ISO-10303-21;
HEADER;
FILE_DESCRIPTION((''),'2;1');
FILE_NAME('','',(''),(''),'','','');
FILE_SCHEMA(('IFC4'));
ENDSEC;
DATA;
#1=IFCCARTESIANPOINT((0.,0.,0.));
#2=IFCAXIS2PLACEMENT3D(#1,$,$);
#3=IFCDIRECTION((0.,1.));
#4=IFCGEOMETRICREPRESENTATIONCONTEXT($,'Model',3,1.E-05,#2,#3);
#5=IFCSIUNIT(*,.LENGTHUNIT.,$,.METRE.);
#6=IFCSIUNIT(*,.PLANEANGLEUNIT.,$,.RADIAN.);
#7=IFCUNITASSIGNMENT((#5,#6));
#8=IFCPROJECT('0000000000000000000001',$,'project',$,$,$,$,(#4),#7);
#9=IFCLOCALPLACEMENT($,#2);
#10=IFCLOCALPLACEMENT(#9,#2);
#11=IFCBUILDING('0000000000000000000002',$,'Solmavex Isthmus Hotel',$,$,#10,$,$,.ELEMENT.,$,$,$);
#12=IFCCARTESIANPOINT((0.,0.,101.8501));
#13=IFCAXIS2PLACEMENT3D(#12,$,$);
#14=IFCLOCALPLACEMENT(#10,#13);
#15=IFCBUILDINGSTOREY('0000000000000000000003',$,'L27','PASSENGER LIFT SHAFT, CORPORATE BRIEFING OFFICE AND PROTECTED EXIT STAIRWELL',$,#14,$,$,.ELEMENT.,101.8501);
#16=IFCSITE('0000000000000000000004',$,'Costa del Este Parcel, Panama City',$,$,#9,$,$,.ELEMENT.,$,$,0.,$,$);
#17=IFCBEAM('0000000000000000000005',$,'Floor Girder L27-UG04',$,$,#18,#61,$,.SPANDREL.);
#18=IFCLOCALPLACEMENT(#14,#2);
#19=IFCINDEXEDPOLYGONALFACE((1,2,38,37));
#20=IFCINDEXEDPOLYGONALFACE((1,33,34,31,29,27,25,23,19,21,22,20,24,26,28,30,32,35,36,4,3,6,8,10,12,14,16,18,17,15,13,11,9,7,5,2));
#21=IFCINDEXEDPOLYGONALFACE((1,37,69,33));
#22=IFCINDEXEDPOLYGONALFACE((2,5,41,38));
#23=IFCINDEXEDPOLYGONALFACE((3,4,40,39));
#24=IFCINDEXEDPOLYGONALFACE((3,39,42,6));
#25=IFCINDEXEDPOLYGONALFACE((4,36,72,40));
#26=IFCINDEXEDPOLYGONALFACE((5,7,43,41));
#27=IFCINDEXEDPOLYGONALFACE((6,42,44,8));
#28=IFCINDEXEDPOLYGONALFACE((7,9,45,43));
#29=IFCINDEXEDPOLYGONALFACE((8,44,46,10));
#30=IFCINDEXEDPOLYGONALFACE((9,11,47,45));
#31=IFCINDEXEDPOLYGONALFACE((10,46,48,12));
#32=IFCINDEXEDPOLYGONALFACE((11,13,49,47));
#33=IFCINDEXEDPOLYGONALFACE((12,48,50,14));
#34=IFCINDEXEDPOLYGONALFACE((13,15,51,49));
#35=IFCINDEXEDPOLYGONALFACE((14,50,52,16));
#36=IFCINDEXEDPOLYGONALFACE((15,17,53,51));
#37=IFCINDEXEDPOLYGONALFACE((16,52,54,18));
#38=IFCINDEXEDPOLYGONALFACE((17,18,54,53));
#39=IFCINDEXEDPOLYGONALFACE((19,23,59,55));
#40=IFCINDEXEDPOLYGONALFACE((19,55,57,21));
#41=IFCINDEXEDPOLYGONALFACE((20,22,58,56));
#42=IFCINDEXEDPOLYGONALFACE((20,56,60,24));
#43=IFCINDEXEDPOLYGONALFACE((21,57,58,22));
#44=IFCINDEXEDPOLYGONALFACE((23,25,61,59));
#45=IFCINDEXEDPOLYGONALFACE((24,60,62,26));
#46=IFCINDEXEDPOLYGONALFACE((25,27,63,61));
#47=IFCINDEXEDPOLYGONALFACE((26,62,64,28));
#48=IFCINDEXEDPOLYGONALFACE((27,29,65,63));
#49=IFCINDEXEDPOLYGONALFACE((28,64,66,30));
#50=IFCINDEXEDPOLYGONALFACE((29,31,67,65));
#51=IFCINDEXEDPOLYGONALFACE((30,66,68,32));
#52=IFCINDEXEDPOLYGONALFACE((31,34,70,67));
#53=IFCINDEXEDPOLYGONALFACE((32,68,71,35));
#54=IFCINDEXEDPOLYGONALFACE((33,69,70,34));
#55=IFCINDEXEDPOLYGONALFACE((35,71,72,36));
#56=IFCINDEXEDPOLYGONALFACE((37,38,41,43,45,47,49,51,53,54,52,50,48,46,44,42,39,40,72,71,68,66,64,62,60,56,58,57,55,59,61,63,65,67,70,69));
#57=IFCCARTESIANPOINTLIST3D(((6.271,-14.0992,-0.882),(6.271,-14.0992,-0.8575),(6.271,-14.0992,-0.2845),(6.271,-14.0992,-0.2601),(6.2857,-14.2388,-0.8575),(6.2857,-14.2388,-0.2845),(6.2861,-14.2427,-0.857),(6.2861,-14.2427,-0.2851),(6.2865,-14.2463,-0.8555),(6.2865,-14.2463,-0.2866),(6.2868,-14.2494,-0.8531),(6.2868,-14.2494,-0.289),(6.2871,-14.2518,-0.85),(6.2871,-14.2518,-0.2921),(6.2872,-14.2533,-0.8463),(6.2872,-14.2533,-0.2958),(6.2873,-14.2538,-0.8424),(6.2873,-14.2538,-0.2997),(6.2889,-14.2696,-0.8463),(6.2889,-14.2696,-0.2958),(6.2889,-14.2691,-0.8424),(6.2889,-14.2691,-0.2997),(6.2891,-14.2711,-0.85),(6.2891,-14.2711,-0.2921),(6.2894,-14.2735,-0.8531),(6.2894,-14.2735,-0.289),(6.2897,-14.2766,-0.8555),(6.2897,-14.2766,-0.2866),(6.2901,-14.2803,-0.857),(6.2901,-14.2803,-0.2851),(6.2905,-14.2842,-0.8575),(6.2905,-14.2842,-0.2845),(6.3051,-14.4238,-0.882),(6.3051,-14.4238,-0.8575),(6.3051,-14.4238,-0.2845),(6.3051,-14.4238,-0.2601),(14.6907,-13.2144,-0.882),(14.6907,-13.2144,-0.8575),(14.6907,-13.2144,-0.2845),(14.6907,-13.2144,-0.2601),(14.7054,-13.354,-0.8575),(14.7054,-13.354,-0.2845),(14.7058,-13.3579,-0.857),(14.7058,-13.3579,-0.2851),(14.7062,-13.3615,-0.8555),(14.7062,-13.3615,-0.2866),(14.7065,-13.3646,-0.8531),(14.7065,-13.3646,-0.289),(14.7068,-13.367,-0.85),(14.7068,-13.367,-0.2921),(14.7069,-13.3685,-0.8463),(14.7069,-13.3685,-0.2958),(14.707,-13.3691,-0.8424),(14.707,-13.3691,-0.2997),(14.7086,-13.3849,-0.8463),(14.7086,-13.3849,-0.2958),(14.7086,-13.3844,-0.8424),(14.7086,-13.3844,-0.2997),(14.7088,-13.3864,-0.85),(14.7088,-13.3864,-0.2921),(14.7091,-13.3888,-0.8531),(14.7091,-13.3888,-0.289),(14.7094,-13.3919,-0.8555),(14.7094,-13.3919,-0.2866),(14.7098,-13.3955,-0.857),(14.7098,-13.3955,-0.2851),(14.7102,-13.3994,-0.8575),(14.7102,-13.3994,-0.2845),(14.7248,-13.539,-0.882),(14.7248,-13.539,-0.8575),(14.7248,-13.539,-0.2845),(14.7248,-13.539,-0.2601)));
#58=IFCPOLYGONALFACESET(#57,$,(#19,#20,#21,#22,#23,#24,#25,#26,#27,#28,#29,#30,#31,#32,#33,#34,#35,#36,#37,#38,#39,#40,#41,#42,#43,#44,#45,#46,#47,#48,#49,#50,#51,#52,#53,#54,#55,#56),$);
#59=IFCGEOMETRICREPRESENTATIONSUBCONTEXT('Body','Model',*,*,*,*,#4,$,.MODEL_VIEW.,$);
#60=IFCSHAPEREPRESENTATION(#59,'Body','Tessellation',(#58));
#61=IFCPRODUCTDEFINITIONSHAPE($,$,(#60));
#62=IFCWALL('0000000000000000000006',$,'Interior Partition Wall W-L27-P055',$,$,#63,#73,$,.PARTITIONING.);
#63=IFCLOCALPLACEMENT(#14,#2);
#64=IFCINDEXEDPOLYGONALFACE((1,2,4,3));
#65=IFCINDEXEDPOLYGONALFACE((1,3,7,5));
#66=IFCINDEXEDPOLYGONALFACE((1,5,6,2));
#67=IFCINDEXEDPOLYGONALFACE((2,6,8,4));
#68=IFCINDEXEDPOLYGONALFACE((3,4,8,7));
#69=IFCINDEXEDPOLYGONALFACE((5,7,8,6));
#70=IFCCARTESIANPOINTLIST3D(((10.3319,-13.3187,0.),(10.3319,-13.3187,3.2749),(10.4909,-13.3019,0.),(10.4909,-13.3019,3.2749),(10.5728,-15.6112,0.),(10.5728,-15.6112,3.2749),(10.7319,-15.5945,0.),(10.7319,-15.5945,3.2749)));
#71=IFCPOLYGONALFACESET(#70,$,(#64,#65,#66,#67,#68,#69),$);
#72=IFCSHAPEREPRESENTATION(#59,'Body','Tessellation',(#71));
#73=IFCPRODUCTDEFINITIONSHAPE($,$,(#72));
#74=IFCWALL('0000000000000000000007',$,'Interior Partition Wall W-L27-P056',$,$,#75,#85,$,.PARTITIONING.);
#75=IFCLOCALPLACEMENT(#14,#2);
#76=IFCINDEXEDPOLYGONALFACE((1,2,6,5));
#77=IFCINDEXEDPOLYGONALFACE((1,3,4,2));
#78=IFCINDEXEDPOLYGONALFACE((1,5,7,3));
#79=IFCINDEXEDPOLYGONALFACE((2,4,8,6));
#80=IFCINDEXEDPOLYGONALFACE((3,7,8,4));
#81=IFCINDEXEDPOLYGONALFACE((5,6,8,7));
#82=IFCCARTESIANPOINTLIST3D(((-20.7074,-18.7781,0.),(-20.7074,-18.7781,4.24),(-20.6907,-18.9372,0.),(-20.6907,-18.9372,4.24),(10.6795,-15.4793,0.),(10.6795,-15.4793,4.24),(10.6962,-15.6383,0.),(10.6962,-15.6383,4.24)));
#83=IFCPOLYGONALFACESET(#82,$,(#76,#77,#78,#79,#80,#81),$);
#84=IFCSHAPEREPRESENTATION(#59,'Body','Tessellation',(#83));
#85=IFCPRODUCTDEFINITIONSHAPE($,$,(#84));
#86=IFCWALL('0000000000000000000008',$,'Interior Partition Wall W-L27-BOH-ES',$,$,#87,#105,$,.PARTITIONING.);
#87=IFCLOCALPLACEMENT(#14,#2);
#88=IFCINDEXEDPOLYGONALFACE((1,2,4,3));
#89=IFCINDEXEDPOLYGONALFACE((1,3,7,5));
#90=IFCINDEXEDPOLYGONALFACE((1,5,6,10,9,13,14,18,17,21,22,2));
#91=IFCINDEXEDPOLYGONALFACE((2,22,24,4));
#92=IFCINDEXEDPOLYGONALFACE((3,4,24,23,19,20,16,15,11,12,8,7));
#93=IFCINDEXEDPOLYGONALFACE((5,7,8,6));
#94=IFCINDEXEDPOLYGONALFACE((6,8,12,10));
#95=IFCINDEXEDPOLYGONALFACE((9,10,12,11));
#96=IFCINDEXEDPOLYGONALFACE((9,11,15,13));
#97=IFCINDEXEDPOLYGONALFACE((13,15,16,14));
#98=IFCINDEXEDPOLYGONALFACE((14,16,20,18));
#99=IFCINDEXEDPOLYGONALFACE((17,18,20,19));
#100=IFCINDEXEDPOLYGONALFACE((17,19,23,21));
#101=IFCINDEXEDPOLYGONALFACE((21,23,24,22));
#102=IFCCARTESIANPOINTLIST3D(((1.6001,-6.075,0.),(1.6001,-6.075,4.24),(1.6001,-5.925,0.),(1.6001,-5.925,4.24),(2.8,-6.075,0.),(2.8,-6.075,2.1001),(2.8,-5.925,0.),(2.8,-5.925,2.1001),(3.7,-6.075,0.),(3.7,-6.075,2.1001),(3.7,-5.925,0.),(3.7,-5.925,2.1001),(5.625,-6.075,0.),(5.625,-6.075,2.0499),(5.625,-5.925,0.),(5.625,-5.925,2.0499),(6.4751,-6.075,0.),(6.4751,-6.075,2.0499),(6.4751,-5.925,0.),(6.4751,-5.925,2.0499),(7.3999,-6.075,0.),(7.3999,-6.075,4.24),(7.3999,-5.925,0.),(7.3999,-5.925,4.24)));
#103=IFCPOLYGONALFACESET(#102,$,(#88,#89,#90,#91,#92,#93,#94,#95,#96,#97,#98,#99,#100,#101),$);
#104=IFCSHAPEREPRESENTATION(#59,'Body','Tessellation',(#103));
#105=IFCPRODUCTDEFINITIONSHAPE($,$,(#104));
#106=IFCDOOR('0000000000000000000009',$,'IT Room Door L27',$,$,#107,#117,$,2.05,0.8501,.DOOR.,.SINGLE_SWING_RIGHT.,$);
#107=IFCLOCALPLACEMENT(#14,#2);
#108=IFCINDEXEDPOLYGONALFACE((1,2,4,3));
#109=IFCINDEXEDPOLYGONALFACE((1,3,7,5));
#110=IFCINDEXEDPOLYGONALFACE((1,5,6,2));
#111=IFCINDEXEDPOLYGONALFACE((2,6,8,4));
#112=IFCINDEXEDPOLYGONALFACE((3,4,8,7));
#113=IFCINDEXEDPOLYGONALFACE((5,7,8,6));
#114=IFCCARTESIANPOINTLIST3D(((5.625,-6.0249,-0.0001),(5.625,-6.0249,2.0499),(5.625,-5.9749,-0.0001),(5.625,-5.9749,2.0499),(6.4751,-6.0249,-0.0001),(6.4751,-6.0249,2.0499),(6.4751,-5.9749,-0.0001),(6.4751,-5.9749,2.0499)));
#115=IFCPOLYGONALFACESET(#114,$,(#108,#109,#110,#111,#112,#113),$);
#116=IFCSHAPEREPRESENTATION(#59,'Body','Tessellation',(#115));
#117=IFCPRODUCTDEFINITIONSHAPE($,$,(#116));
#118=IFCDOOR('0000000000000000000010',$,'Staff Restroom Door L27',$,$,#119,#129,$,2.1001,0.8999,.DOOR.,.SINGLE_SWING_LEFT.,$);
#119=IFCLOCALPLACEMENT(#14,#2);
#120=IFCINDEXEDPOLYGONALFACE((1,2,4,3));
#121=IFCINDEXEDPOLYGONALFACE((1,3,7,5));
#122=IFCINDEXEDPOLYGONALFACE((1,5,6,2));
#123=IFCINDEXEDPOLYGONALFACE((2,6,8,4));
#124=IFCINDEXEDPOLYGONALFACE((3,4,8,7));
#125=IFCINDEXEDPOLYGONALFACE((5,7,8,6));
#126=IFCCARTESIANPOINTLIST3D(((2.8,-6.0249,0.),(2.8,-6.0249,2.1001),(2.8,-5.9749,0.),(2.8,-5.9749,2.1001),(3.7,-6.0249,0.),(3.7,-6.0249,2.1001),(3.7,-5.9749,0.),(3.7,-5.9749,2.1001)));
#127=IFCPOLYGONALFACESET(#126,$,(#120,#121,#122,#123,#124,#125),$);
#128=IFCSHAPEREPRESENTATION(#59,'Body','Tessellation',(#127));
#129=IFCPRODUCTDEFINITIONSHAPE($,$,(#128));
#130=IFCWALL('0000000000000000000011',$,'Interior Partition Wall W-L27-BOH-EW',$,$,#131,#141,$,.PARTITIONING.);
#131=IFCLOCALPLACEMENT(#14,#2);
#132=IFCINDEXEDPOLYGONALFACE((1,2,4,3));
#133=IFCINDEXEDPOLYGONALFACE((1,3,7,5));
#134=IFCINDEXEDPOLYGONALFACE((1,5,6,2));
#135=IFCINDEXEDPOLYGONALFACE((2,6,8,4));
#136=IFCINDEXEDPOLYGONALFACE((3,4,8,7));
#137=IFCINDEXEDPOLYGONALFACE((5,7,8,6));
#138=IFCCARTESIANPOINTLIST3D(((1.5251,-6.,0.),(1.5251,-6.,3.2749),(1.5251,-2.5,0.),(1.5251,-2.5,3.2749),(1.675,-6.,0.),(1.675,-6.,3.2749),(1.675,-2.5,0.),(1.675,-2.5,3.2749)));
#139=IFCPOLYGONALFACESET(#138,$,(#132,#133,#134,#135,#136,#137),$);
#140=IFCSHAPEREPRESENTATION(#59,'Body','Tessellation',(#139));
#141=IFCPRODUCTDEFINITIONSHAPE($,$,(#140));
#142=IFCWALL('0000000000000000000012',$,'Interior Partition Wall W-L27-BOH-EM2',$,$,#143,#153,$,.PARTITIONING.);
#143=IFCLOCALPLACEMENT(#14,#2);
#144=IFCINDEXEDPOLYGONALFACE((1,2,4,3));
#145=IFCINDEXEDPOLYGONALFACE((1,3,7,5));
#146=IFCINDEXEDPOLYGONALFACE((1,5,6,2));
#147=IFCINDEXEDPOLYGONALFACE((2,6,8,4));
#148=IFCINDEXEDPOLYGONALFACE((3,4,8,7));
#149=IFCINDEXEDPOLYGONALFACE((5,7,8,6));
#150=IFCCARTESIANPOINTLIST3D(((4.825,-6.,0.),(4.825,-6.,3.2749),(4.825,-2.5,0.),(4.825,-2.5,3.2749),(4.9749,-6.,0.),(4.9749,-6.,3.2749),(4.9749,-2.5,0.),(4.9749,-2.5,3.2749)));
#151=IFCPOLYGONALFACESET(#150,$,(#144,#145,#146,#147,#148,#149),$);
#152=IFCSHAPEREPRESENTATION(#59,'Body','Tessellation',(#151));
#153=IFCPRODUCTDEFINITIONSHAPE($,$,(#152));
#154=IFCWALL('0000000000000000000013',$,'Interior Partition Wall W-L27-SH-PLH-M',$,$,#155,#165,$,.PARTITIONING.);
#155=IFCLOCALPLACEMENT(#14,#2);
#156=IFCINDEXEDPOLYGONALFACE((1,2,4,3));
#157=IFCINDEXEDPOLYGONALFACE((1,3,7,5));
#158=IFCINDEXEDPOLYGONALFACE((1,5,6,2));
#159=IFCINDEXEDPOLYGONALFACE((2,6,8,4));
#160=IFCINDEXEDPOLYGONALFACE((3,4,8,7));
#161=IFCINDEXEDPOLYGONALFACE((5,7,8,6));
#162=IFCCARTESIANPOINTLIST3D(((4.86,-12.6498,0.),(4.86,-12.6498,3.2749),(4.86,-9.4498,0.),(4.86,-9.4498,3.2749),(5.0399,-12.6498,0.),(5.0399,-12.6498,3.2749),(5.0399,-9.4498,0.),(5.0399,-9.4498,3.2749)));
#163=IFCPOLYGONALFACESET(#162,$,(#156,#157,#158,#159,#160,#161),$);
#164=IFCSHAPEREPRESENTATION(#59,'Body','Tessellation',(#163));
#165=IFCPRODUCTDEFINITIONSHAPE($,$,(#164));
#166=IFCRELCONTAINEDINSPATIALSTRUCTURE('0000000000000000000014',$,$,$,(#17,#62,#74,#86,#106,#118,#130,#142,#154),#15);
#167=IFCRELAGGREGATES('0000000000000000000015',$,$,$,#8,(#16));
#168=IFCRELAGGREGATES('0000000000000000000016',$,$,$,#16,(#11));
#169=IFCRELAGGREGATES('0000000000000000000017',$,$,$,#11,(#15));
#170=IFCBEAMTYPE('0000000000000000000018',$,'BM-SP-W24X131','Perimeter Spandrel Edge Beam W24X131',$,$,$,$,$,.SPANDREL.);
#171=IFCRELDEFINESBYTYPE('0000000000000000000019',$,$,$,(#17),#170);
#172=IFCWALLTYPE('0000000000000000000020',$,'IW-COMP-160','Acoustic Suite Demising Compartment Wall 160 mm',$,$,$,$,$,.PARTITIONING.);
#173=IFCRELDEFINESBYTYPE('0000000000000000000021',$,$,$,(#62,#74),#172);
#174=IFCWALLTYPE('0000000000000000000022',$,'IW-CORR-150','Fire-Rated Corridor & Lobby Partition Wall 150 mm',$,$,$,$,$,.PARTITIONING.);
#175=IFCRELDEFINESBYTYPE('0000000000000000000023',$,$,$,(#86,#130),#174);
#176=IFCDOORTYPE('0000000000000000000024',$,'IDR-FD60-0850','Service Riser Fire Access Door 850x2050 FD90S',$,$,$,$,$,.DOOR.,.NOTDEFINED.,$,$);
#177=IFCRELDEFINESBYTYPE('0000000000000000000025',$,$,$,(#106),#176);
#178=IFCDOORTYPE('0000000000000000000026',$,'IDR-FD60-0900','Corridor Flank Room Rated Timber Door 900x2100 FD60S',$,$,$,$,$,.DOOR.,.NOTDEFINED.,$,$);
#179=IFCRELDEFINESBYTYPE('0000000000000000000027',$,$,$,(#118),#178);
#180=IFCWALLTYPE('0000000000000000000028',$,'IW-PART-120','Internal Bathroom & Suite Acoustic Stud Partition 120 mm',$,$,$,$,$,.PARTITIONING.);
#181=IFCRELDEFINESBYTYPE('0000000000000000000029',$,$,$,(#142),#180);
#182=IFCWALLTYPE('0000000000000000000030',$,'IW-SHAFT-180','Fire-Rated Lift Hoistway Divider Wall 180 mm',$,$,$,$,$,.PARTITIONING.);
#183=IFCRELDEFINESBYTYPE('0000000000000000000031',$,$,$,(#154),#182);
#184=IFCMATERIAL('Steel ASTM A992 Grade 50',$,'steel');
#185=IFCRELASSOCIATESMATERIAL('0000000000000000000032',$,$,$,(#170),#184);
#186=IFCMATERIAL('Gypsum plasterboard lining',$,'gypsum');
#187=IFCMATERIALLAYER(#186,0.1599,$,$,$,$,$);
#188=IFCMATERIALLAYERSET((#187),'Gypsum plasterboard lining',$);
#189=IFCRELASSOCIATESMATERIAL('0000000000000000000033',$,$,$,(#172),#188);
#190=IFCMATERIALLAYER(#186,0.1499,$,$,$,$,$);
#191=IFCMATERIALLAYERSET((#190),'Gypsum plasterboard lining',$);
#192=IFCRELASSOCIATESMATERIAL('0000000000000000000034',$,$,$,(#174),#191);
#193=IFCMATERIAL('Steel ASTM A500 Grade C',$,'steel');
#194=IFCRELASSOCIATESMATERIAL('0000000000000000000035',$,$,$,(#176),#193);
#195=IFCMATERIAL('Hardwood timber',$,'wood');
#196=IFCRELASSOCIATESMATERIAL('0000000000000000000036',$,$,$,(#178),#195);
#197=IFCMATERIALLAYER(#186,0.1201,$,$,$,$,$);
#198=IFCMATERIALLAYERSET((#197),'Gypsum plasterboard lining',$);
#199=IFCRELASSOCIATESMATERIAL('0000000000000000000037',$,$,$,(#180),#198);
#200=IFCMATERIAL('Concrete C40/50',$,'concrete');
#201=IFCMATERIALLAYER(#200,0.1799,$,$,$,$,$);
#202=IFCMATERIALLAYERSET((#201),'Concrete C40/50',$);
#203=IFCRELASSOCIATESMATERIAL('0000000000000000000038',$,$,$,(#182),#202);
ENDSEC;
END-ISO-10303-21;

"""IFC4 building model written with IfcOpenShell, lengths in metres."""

from ifc_helpers import new_model, si_unit, direction, frame, frame_2d, origin, origin_2d, place, context, subcontext, project, spatial, rectangle, i_section, extrude, material, layer, layer_set, material_profile, profile_set, type_object, element, fill, save


model = new_model("IFC4")

# Units and contexts
model_context = context("Model", 3, precision=1e-05, world=origin(), true_north=direction((0.0, 1.0)))
body_context = subcontext(model_context, "Body", "Model", "MODEL_VIEW")
ifc_project = project(units=[si_unit("LENGTHUNIT", "METRE"), si_unit("PLANEANGLEUNIT", "RADIAN")], contexts=[model_context])

# Site, building, storey
site_placement = place(None, origin())
site = spatial("IfcSite", under=ifc_project, at=site_placement, Name="Costa del Este Parcel, Panama City", CompositionType="ELEMENT", RefElevation=0.0)
building_placement = place(site_placement, origin())
building = spatial("IfcBuilding", under=site, at=building_placement, Name="Solmavex Isthmus Hotel", CompositionType="ELEMENT")
storey_placement = place(building_placement, frame((0.0, 0.0, 101.8501)))
storey = spatial("IfcBuildingStorey", under=building, at=storey_placement, Name="L27", Description="PASSENGER LIFT SHAFT, CORPORATE BRIEFING OFFICE AND PROTECTED EXIT STAIRWELL", CompositionType="ELEMENT", Elevation=101.8501)

# Beam
ifc_material_1 = material(Name="Steel ASTM A992 Grade 50", Category="steel")
ifc_material_profile_1 = material_profile(ifc_material_1, i_section(OverallWidth=0.3264, OverallDepth=0.6218, WebThickness=0.0154, FlangeThickness=0.0244, FilletRadius=0.0151, at=origin_2d()), Name="W24X131")
ifc_profile_set_1 = profile_set([ifc_material_profile_1], Name="Steel ASTM A992 Grade 50")
beam_type_1 = type_object("IfcBeamType", Name="BM-SP-W24X131", Description="Perimeter Spandrel Edge Beam W24X131", PredefinedType="SPANDREL", material=ifc_profile_set_1)
beam_1_placement = place(storey_placement, frame((6.2881, -14.2615, -0.571), z_axis=(0.994524, 0.104508, 0.0), x_axis=(-0.104508, 0.994524, 0.0)))
element("IfcBeam", 1, at=beam_1_placement, inside=storey, type_object=beam_type_1, Name="Floor Girder L27-UG04", PredefinedType="SPANDREL", context=body_context, shape_type="SweptSolid", body=[
    extrude(i_section(OverallWidth=0.3264, OverallDepth=0.6218, WebThickness=0.0154, FlangeThickness=0.0244, FilletRadius=0.0151, at=origin_2d()), origin(), (0.0, 0.0, 1.0), 8.4661),
])

# Walls
ifc_material_2 = material(Name="Gypsum plasterboard lining", Category="gypsum")
ifc_layer_1 = layer(ifc_material_2, 0.1599)
ifc_layer_set_1 = layer_set([ifc_layer_1], Name="Gypsum plasterboard lining")
wall_type_1 = type_object("IfcWallType", Name="IW-COMP-160", Description="Acoustic Suite Demising Compartment Wall 160 mm", PredefinedType="PARTITIONING", material=ifc_layer_set_1)
wall_1_placement = place(storey_placement, frame((10.4114, -13.3103, 0.0), z_axis=(0.0, 0.0, 1.0), x_axis=(0.104536, -0.994521, 0.0)))
element("IfcWall", 2, at=wall_1_placement, inside=storey, type_object=wall_type_1, Name="Interior Partition Wall W-L27-P055", PredefinedType="PARTITIONING", context=body_context, shape_type="SweptSolid", body=[
    extrude(rectangle(XDim=2.3052, YDim=0.1599, at=frame_2d((1.1526, 0.0))), origin(), (0.0, 0.0, 1.0), 3.2749),
])
wall_2_placement = place(storey_placement, frame((10.6877, -15.5588, 0.0), z_axis=(0.0, 0.0, 1.0), x_axis=(-0.994522, -0.104526, 0.0)))
element("IfcWall", 3, at=wall_2_placement, inside=storey, type_object=wall_type_1, Name="Interior Partition Wall W-L27-P056", PredefinedType="PARTITIONING", context=body_context, shape_type="SweptSolid", body=[
    extrude(rectangle(XDim=31.5598, YDim=0.1599, at=frame_2d((15.7798, 0.0))), origin(), (0.0, 0.0, 1.0), 4.24),
])

# Wall, openings, doors
ifc_layer_2 = layer(ifc_material_2, 0.1499)
ifc_layer_set_2 = layer_set([ifc_layer_2], Name="Gypsum plasterboard lining")
wall_type_2 = type_object("IfcWallType", Name="IW-CORR-150", Description="Fire-Rated Corridor & Lobby Partition Wall 150 mm", PredefinedType="PARTITIONING", material=ifc_layer_set_2)
wall_3_placement = place(storey_placement, frame((1.6001, -6.0, 0.0), z_axis=(0.0, 0.0, 1.0), x_axis=(1.0, 0.0, 0.0)))
wall_3 = element("IfcWall", 4, at=wall_3_placement, inside=storey, type_object=wall_type_2, Name="Interior Partition Wall W-L27-BOH-ES", PredefinedType="PARTITIONING", context=body_context, shape_type="SweptSolid", body=[
    extrude(rectangle(XDim=5.7998, YDim=0.1499, at=frame_2d((2.8999, 0.0))), origin(), (0.0, 0.0, 1.0), 4.24),
])
opening_1_placement = place(wall_3_placement, frame((1.2, 0.0, 0.0)))
opening_1 = element("IfcOpeningElement", 5, at=opening_1_placement, cuts=wall_3, PredefinedType="OPENING", context=body_context, shape_type="SweptSolid", body=[
    extrude(rectangle(XDim=0.8999, YDim=2.1001, at=frame_2d((0.45, 1.05))), frame((0.0, 0.085, 0.0), z_axis=(0.0, -1.0, 0.0), x_axis=(1.0, 0.0, 0.0)), (0.0, 0.0, 1.0), 0.1699),
])
opening_2_placement = place(wall_3_placement, frame((4.0249, 0.0, 0.0)))
opening_2 = element("IfcOpeningElement", 6, at=opening_2_placement, cuts=wall_3, PredefinedType="OPENING", context=body_context, shape_type="SweptSolid", body=[
    extrude(rectangle(XDim=0.8501, YDim=2.05, at=frame_2d((0.425, 1.0249))), frame((0.0, 0.085, 0.0), z_axis=(0.0, -1.0, 0.0), x_axis=(1.0, 0.0, 0.0)), (0.0, 0.0, 1.0), 0.1699),
])
ifc_material_3 = material(Name="Steel ASTM A500 Grade C", Category="steel")
door_type_1 = type_object("IfcDoorType", Name="IDR-FD60-0850", Description="Service Riser Fire Access Door 850x2050 FD90S", OperationType="NOTDEFINED", PredefinedType="DOOR", material=ifc_material_3)
door_1_placement = place(opening_2_placement, frame((0.8501, 0.0, 0.0), z_axis=(0.0, 0.0, 1.0), x_axis=(-1.0, 0.0, 0.0)))
door_1 = element("IfcDoor", 7, at=door_1_placement, inside=storey, type_object=door_type_1, Name="IT Room Door L27", OperationType="SINGLE_SWING_RIGHT", OverallHeight=2.05, OverallWidth=0.8501, PredefinedType="DOOR", context=body_context, shape_type="SweptSolid", body=[
    extrude(rectangle(XDim=0.8501, YDim=2.05, at=frame_2d((0.425, 1.0249))), frame((0.0, 0.0249, 0.0), z_axis=(0.0, -1.0, 0.0), x_axis=(1.0, 0.0, 0.0)), (0.0, 0.0, 1.0), 0.05),
])
fill(opening_2, door_1)
ifc_material_4 = material(Name="Hardwood timber", Category="wood")
door_type_2 = type_object("IfcDoorType", Name="IDR-FD60-0900", Description="Corridor Flank Room Rated Timber Door 900x2100 FD60S", OperationType="NOTDEFINED", PredefinedType="DOOR", material=ifc_material_4)
door_2_placement = place(opening_1_placement, frame((0.8999, 0.0, 0.0), z_axis=(0.0, 0.0, 1.0), x_axis=(-1.0, 0.0, 0.0)))
door_2 = element("IfcDoor", 8, at=door_2_placement, inside=storey, type_object=door_type_2, Name="Staff Restroom Door L27", OperationType="SINGLE_SWING_LEFT", OverallHeight=2.1001, OverallWidth=0.8999, PredefinedType="DOOR", context=body_context, shape_type="SweptSolid", body=[
    extrude(rectangle(XDim=0.8999, YDim=2.1001, at=frame_2d((0.45, 1.05))), frame((0.0, 0.0249, 0.0), z_axis=(0.0, -1.0, 0.0), x_axis=(1.0, 0.0, 0.0)), (0.0, 0.0, 1.0), 0.05),
])
fill(opening_1, door_2)

# Walls
wall_4_placement = place(storey_placement, frame((1.6001, -6.0, 0.0), z_axis=(0.0, 0.0, 1.0), x_axis=(0.0, 1.0, 0.0)))
element("IfcWall", 9, at=wall_4_placement, inside=storey, type_object=wall_type_2, Name="Interior Partition Wall W-L27-BOH-EW", PredefinedType="PARTITIONING", context=body_context, shape_type="SweptSolid", body=[
    extrude(rectangle(XDim=3.5, YDim=0.1499, at=frame_2d((1.75, 0.0))), origin(), (0.0, 0.0, 1.0), 3.2749),
])
ifc_layer_3 = layer(ifc_material_2, 0.1201)
ifc_layer_set_3 = layer_set([ifc_layer_3], Name="Gypsum plasterboard lining")
wall_type_3 = type_object("IfcWallType", Name="IW-PART-120", Description="Internal Bathroom & Suite Acoustic Stud Partition 120 mm", PredefinedType="PARTITIONING", material=ifc_layer_set_3)
wall_5_placement = place(storey_placement, frame((4.8999, -6.0, 0.0), z_axis=(0.0, 0.0, 1.0), x_axis=(0.0, 1.0, 0.0)))
element("IfcWall", 10, at=wall_5_placement, inside=storey, type_object=wall_type_3, Name="Interior Partition Wall W-L27-BOH-EM2", PredefinedType="PARTITIONING", context=body_context, shape_type="SweptSolid", body=[
    extrude(rectangle(XDim=3.5, YDim=0.1499, at=frame_2d((1.75, 0.0))), origin(), (0.0, 0.0, 1.0), 3.2749),
])
ifc_material_5 = material(Name="Concrete C40/50", Category="concrete")
ifc_layer_4 = layer(ifc_material_5, 0.1799)
ifc_layer_set_4 = layer_set([ifc_layer_4], Name="Concrete C40/50")
wall_type_4 = type_object("IfcWallType", Name="IW-SHAFT-180", Description="Fire-Rated Lift Hoistway Divider Wall 180 mm", PredefinedType="PARTITIONING", material=ifc_layer_set_4)
wall_6_placement = place(storey_placement, frame((4.95, -12.6499, 0.0), z_axis=(0.0, 0.0, 1.0), x_axis=(0.0, 1.0, 0.0)))
element("IfcWall", 11, at=wall_6_placement, inside=storey, type_object=wall_type_4, Name="Interior Partition Wall W-L27-SH-PLH-M", PredefinedType="PARTITIONING", context=body_context, shape_type="SweptSolid", body=[
    extrude(rectangle(XDim=3.2, YDim=0.1799, at=frame_2d((1.6001, 0.0))), origin(), (0.0, 0.0, 1.0), 3.2749),
])

save(model, "model.ifc")
